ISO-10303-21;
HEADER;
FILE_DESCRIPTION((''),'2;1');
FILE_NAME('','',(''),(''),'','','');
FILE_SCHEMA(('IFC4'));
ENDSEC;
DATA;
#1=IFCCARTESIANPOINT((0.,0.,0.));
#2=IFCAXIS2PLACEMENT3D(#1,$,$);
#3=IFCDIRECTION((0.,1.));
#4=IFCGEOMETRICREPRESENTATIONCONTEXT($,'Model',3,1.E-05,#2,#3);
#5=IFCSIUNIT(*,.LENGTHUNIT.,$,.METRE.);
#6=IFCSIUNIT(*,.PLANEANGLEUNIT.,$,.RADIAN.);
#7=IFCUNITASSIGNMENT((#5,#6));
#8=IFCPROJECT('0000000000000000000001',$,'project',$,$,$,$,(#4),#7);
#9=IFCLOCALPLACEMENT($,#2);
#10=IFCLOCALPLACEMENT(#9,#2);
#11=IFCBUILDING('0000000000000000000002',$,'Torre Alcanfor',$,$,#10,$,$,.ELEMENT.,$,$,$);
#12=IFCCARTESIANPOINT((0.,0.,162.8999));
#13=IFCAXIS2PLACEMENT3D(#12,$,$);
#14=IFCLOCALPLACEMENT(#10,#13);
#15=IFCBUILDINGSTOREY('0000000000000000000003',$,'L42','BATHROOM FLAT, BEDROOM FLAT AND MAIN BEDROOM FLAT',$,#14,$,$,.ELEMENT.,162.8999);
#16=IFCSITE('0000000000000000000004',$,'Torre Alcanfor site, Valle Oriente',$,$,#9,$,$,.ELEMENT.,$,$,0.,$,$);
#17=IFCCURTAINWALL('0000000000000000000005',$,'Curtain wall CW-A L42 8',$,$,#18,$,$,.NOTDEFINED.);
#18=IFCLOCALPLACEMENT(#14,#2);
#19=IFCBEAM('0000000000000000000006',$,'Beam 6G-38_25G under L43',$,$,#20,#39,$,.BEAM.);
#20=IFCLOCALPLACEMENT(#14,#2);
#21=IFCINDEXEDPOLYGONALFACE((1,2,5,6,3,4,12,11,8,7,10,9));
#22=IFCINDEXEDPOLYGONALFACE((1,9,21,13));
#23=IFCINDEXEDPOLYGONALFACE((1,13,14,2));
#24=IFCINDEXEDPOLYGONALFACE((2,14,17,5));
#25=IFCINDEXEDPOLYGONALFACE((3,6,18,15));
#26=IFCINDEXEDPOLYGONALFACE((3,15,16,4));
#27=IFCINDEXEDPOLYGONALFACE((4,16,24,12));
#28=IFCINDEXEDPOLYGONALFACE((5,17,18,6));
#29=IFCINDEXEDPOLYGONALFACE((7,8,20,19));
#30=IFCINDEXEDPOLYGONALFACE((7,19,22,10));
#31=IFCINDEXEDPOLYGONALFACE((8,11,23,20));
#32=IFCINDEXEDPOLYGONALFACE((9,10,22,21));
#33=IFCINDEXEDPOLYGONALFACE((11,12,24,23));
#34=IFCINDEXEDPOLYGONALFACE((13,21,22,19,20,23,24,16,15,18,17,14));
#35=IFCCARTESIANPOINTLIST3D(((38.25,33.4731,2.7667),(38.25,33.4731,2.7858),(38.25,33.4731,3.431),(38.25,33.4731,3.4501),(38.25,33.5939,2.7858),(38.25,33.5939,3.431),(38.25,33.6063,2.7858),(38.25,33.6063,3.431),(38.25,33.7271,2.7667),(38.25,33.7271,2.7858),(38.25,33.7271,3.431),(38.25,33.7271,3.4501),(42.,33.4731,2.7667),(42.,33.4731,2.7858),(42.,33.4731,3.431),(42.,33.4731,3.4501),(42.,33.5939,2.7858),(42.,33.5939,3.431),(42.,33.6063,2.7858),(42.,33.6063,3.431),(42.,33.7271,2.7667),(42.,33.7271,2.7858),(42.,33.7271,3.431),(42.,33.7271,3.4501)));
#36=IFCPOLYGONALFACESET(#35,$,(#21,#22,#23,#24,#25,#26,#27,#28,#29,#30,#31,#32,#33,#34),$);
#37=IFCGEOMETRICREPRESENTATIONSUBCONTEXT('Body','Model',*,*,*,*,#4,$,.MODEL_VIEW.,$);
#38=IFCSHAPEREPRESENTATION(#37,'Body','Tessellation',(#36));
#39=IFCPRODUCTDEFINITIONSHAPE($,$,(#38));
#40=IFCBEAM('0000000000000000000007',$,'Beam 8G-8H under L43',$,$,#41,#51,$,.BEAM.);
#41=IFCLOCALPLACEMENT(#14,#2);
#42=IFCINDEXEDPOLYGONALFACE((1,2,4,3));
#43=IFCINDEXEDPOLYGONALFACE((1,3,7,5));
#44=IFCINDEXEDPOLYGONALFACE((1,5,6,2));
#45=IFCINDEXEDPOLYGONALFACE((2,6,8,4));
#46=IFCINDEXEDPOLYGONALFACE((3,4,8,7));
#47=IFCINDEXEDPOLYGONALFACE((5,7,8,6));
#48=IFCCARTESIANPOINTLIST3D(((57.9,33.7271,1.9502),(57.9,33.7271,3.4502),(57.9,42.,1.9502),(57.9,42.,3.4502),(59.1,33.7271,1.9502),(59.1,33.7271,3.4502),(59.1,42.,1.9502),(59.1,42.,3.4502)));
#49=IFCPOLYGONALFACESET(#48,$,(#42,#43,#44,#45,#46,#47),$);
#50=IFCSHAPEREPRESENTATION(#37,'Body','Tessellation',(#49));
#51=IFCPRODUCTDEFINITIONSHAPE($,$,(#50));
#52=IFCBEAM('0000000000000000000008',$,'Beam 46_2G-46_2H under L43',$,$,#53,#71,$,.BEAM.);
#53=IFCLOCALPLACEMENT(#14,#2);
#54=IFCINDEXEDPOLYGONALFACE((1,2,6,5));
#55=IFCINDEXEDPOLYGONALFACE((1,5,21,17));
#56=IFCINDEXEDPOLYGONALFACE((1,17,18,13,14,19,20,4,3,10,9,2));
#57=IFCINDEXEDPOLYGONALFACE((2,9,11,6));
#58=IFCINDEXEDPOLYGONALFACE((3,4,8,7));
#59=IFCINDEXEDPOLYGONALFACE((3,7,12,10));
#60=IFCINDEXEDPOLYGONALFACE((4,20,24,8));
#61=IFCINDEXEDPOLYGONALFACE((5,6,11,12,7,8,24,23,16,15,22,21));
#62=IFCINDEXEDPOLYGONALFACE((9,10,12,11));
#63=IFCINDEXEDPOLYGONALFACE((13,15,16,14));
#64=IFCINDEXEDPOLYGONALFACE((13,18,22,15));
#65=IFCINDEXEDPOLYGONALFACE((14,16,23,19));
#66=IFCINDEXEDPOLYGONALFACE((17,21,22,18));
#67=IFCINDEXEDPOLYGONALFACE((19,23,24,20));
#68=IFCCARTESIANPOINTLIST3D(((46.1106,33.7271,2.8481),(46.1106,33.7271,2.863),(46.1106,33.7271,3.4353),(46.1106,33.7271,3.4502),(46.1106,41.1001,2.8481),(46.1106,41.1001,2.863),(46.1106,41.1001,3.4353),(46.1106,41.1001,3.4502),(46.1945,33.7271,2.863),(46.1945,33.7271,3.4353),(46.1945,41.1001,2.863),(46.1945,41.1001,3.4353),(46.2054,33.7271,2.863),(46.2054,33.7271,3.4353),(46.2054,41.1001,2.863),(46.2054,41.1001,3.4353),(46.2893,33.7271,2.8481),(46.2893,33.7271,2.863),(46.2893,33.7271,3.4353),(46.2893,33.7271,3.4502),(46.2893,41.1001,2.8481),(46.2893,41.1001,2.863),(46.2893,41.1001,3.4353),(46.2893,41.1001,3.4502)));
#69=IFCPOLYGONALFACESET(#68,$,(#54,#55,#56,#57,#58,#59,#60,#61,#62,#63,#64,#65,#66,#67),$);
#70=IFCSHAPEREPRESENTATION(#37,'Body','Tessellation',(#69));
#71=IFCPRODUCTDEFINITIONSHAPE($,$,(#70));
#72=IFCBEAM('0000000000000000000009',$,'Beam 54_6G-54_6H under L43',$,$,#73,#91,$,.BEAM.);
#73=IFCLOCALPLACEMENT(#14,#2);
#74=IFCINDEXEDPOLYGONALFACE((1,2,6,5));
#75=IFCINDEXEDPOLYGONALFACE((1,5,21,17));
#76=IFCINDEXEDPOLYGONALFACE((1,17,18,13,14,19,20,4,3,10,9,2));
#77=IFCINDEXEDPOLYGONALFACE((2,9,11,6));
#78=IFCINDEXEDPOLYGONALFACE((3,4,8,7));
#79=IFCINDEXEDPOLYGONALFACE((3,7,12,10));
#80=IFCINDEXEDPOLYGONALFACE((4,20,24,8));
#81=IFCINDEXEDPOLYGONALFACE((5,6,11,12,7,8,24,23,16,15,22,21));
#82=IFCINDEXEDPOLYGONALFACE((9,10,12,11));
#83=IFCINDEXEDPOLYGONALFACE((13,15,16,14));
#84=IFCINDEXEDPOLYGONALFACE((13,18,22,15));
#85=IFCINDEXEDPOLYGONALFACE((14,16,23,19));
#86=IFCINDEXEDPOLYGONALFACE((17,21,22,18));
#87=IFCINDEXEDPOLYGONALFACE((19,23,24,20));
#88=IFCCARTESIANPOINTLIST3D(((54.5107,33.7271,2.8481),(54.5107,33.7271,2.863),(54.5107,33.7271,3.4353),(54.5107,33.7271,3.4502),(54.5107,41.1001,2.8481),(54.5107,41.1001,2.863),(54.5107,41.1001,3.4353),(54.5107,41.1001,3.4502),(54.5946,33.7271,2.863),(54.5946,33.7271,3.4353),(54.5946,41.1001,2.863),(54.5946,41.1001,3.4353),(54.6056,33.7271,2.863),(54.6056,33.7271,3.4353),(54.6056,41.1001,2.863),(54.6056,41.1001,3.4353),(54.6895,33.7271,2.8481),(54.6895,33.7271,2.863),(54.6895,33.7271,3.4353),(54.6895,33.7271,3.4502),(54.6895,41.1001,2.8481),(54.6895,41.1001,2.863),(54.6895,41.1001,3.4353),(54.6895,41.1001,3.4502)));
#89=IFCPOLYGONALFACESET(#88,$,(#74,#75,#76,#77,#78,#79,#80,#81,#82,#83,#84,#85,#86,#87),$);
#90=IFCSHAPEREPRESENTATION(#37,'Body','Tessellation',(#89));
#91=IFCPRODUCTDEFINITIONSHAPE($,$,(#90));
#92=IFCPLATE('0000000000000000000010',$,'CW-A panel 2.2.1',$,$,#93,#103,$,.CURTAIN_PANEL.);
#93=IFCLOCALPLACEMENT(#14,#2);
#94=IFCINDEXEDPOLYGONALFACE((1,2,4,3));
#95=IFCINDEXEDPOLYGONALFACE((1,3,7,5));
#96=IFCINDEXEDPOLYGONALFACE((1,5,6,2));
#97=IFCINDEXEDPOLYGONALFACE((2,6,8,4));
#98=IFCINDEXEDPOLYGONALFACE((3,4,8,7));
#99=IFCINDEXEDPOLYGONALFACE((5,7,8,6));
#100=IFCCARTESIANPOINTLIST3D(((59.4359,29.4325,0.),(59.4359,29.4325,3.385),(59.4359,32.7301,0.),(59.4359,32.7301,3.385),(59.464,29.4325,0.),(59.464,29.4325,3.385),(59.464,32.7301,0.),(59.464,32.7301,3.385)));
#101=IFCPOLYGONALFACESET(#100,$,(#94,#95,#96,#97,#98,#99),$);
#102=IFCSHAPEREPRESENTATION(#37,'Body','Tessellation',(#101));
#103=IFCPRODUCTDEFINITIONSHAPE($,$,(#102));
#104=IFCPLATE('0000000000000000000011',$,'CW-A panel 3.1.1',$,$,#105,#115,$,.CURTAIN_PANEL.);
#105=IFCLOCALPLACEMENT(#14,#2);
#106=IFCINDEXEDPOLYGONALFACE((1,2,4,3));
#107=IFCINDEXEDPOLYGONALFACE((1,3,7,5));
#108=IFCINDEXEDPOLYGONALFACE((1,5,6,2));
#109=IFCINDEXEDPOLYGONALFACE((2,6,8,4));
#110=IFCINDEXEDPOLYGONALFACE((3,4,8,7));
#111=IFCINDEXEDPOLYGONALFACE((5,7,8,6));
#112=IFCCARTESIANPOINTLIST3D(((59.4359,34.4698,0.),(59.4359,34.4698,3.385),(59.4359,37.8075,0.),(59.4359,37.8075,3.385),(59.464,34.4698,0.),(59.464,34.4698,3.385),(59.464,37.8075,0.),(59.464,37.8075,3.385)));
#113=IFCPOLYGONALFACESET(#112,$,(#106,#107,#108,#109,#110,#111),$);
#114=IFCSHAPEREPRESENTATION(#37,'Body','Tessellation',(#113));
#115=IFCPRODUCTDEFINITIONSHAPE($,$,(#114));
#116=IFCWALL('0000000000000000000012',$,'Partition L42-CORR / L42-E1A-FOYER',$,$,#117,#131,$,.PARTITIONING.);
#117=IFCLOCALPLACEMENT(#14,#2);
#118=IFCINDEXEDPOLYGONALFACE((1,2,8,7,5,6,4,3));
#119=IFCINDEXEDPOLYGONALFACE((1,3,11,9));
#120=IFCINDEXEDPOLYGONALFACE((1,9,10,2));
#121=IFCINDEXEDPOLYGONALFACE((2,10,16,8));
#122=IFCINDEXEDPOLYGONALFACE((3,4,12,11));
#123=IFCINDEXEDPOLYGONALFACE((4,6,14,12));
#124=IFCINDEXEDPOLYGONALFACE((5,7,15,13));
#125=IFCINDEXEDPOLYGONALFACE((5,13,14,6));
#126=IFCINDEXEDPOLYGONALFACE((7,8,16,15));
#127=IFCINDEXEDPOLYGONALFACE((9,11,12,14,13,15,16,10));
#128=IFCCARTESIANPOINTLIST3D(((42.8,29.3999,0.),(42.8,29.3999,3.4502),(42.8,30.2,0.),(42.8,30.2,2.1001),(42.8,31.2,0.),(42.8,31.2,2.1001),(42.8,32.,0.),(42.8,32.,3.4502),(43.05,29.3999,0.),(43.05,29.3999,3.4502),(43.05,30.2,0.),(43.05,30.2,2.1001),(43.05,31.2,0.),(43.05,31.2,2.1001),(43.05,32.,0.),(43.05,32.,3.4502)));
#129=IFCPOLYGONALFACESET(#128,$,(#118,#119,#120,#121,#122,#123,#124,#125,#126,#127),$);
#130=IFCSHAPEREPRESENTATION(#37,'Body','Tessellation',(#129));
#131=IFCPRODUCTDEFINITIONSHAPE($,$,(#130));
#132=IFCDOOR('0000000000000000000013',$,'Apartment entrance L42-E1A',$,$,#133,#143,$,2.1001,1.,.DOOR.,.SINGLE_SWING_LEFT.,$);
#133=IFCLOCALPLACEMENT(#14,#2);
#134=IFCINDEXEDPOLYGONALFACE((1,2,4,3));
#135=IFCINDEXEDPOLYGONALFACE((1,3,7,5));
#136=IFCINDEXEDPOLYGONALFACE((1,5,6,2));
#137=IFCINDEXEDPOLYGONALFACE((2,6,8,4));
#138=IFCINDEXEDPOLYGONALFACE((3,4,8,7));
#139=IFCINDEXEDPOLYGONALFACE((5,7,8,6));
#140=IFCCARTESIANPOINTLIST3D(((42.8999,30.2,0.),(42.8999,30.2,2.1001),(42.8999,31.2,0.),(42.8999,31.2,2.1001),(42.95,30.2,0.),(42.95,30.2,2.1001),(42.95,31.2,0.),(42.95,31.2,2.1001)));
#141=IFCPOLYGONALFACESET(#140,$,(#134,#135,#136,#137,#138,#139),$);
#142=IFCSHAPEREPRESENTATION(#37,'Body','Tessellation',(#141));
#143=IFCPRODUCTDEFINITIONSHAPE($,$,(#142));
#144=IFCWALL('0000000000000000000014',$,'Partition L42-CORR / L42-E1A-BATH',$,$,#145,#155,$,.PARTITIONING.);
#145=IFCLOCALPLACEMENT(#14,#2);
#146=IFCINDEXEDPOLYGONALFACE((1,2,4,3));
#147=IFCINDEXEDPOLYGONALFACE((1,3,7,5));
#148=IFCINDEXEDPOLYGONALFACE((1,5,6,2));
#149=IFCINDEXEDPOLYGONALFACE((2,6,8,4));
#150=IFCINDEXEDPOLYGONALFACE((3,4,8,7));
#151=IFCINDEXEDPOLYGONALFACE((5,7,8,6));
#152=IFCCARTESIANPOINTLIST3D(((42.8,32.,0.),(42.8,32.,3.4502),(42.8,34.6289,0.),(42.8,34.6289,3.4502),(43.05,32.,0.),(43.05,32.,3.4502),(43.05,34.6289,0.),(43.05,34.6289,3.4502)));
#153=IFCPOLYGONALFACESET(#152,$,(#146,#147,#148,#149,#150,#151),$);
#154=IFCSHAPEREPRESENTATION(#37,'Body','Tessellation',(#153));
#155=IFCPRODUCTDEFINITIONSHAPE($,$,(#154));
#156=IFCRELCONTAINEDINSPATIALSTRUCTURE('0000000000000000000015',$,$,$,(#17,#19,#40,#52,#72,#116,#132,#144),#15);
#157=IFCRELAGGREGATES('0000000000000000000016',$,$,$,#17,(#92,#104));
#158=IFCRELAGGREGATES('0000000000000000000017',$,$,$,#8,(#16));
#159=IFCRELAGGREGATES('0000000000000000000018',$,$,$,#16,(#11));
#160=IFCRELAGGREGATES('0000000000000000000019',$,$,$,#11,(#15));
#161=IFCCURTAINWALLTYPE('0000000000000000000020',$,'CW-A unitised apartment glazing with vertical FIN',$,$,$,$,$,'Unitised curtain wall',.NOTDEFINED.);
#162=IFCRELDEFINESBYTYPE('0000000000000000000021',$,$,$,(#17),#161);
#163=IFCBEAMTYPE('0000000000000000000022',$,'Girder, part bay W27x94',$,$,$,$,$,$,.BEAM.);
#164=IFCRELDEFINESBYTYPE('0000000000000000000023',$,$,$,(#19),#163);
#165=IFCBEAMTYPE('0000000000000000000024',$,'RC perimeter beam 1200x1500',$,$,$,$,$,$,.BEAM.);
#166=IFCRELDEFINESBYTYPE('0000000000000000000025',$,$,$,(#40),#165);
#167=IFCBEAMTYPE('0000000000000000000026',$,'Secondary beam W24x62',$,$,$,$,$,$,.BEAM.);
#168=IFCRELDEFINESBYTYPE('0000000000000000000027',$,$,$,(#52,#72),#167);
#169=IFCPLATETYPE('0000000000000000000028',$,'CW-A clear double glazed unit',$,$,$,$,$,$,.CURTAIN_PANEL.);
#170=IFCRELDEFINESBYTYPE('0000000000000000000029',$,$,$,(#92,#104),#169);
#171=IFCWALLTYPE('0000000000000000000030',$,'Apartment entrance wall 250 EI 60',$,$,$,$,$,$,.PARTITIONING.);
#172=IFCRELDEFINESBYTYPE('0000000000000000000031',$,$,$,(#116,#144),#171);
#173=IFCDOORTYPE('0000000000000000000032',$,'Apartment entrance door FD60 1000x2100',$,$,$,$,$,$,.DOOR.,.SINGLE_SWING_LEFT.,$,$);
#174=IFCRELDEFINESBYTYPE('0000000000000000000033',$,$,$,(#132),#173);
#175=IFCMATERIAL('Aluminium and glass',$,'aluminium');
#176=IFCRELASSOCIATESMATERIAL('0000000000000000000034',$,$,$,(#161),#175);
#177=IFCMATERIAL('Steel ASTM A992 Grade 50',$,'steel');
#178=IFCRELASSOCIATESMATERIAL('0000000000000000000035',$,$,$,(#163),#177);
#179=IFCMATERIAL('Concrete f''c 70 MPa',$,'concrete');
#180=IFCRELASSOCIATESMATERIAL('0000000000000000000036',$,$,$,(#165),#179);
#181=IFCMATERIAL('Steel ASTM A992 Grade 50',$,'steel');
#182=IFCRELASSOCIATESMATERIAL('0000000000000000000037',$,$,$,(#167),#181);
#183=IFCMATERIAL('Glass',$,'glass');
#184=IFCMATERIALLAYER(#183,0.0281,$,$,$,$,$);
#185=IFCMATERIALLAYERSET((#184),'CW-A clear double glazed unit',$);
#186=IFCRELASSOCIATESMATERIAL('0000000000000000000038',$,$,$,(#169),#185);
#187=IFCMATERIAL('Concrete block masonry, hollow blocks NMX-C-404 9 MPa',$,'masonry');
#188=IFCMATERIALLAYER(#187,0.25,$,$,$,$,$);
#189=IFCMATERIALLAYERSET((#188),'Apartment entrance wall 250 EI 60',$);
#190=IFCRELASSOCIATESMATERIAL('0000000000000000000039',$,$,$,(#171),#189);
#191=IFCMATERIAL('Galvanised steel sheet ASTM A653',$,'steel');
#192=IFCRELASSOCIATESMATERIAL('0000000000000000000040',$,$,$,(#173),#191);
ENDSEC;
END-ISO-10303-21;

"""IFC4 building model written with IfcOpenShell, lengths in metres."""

from ifc_helpers import new_model, si_unit, direction, frame, frame_2d, origin, origin_2d, place, context, subcontext, project, spatial, rectangle, i_section, extrude, material, layer, layer_set, material_profile, profile_set, type_object, element, fill, aggregate, save


model = new_model("IFC4")

# Units and contexts
model_context = context("Model", 3, precision=1e-05, world=origin(), true_north=direction((0.0, 1.0)))
body_context = subcontext(model_context, "Body", "Model", "MODEL_VIEW")
ifc_project = project(units=[si_unit("LENGTHUNIT", "METRE"), si_unit("PLANEANGLEUNIT", "RADIAN")], contexts=[model_context])

# Site, building, storey
site_placement = place(None, origin())
site = spatial("IfcSite", under=ifc_project, at=site_placement, Name="Torre Alcanfor site, Valle Oriente", CompositionType="ELEMENT", RefElevation=0.0)
building_placement = place(site_placement, origin())
building = spatial("IfcBuilding", under=site, at=building_placement, Name="Torre Alcanfor", CompositionType="ELEMENT")
storey_placement = place(building_placement, frame((0.0, 0.0, 162.8999)))
storey = spatial("IfcBuildingStorey", under=building, at=storey_placement, Name="L42", Description="BATHROOM FLAT, BEDROOM FLAT AND MAIN BEDROOM FLAT", CompositionType="ELEMENT", Elevation=162.8999)

# Curtain wall
ifc_material_1 = material(Name="Aluminium and glass", Category="aluminium")
curtain_wall_type = type_object("IfcCurtainWallType", Name="CW-A unitised apartment glazing with vertical FIN", ElementType="Unitised curtain wall", PredefinedType="NOTDEFINED", material=ifc_material_1)
curtain_wall_placement = place(storey_placement, origin())
curtain_wall = element("IfcCurtainWall", 1, at=curtain_wall_placement, inside=storey, type_object=curtain_wall_type, Name="Curtain wall CW-A L42 8", PredefinedType="NOTDEFINED")

# Beams
ifc_material_2 = material(Name="Steel ASTM A992 Grade 50", Category="steel")
ifc_material_profile_1 = material_profile(ifc_material_2, i_section(OverallWidth=0.2539, OverallDepth=0.6833, WebThickness=0.0125, FlangeThickness=0.019, at=origin_2d()), Name="W27x94")
ifc_profile_set_1 = profile_set([ifc_material_profile_1], Name="Steel ASTM A992 Grade 50")
beam_type_1 = type_object("IfcBeamType", Name="Girder, part bay W27x94", PredefinedType="BEAM", material=ifc_profile_set_1)
beam_1_placement = place(storey_placement, frame((42.0, 33.6001, 3.1084), z_axis=(-1.0, 0.0, 0.0), x_axis=(0.0, -1.0, 0.0)))
element("IfcBeam", 2, at=beam_1_placement, inside=storey, type_object=beam_type_1, Name="Beam 6G-38_25G under L43", PredefinedType="BEAM", context=body_context, shape_type="SweptSolid", body=[
    extrude(i_section(OverallWidth=0.2539, OverallDepth=0.6833, WebThickness=0.0125, FlangeThickness=0.019, at=origin_2d()), origin(), (0.0, 0.0, 1.0), 3.75),
])
ifc_material_3 = material(Name="Concrete f'c 70 MPa", Category="concrete")
ifc_material_profile_2 = material_profile(ifc_material_3, rectangle(XDim=1.2, YDim=1.5, at=origin_2d()), Name="1200x1500")
ifc_profile_set_2 = profile_set([ifc_material_profile_2], Name="Concrete f'c 70 MPa")
beam_type_2 = type_object("IfcBeamType", Name="RC perimeter beam 1200x1500", PredefinedType="BEAM", material=ifc_profile_set_2)
beam_2_placement = place(storey_placement, frame((58.5, 33.7271, 2.7002), z_axis=(0.0, 1.0, 0.0), x_axis=(-1.0, 0.0, 0.0)))
element("IfcBeam", 3, at=beam_2_placement, inside=storey, type_object=beam_type_2, Name="Beam 8G-8H under L43", PredefinedType="BEAM", context=body_context, shape_type="SweptSolid", body=[
    extrude(rectangle(XDim=1.2, YDim=1.5, at=origin_2d()), origin(), (0.0, 0.0, 1.0), 8.2729),
])
ifc_material_4 = material(Name="Steel ASTM A992 Grade 50", Category="steel")
ifc_material_profile_3 = material_profile(ifc_material_4, i_section(OverallWidth=0.1787, OverallDepth=0.6021, WebThickness=0.011, FlangeThickness=0.0149, at=origin_2d()), Name="W24x62")
ifc_profile_set_3 = profile_set([ifc_material_profile_3], Name="Steel ASTM A992 Grade 50")
beam_type_3 = type_object("IfcBeamType", Name="Secondary beam W24x62", PredefinedType="BEAM", material=ifc_profile_set_3)
for number, where, z_axis, x_axis, name in (
    (4, (46.2, 33.7271, 3.1492), (0.0, 1.0, 0.0), (-1.0, 0.0, 0.0), "Beam 46_2G-46_2H under L43"),
    (5, (54.6001, 33.7271, 3.1492), (0.0, 1.0, 0.0), (-1.0, 0.0, 0.0), "Beam 54_6G-54_6H under L43"),
):
    element("IfcBeam", number, at=place(storey_placement, frame(where, z_axis=z_axis, x_axis=x_axis)), inside=storey, type_object=beam_type_3, Name=name, PredefinedType="BEAM", context=body_context, shape_type="SweptSolid", body=[
        extrude(i_section(OverallWidth=0.1787, OverallDepth=0.6021, WebThickness=0.011, FlangeThickness=0.0149, at=origin_2d()), origin(), (0.0, 0.0, 1.0), 7.373),
    ])

# Plates
ifc_material_5 = material(Name="Glass", Category="glass")
ifc_layer_1 = layer(ifc_material_5, 0.0281)
ifc_layer_set_1 = layer_set([ifc_layer_1], Name="CW-A clear double glazed unit")
plate_type = type_object("IfcPlateType", Name="CW-A clear double glazed unit", PredefinedType="CURTAIN_PANEL", material=ifc_layer_set_1)
plate_1_placement = place(storey_placement, frame((59.45, 31.0813, 0.0), z_axis=(0.0, 0.0, 1.0), x_axis=(0.0, 1.0, 0.0)))
plate_1 = element("IfcPlate", 6, at=plate_1_placement, type_object=plate_type, Name="CW-A panel 2.2.1", PredefinedType="CURTAIN_PANEL", context=body_context, shape_type="SweptSolid", body=[
    extrude(rectangle(XDim=3.2976, YDim=0.0281, at=origin_2d()), origin(), (0.0, 0.0, 1.0), 3.385),
])
plate_2_placement = place(storey_placement, frame((59.45, 36.1387, 0.0), z_axis=(0.0, 0.0, 1.0), x_axis=(0.0, 1.0, 0.0)))
plate_2 = element("IfcPlate", 7, at=plate_2_placement, type_object=plate_type, Name="CW-A panel 3.1.1", PredefinedType="CURTAIN_PANEL", context=body_context, shape_type="SweptSolid", body=[
    extrude(rectangle(XDim=3.3376, YDim=0.0281, at=origin_2d()), origin(), (0.0, 0.0, 1.0), 3.385),
])
aggregate(curtain_wall, [plate_1, plate_2])

# Wall, opening, door
ifc_material_6 = material(Name="Concrete block masonry, hollow blocks NMX-C-404 9 MPa", Category="masonry")
ifc_layer_2 = layer(ifc_material_6, 0.25)
ifc_layer_set_2 = layer_set([ifc_layer_2], Name="Apartment entrance wall 250 EI 60")
wall_type_1 = type_object("IfcWallType", Name="Apartment entrance wall 250 EI 60", PredefinedType="PARTITIONING", material=ifc_layer_set_2)
wall_1_placement = place(storey_placement, frame((42.925, 32.0, 0.0), z_axis=(0.0, 0.0, 1.0), x_axis=(0.0, -1.0, 0.0)))
wall_1 = element("IfcWall", 8, at=wall_1_placement, inside=storey, type_object=wall_type_1, Name="Partition L42-CORR / L42-E1A-FOYER", PredefinedType="PARTITIONING", context=body_context, shape_type="SweptSolid", body=[
    extrude(rectangle(XDim=2.6001, YDim=0.25, at=frame_2d((1.3, 0.0))), origin(), (0.0, 0.0, 1.0), 3.4502),
])
opening_1_placement = place(wall_1_placement, frame((0.8, 0.0, 0.0)))
opening_1 = element("IfcOpeningElement", 9, at=opening_1_placement, cuts=wall_1, PredefinedType="OPENING", context=body_context, shape_type="SweptSolid", body=[
    extrude(rectangle(XDim=1.0, YDim=2.1001, at=frame_2d((0.5, 1.05))), frame((0.0, 0.135, 0.0), z_axis=(0.0, -1.0, 0.0), x_axis=(1.0, 0.0, 0.0)), (0.0, 0.0, 1.0), 0.27),
])
ifc_material_7 = material(Name="Galvanised steel sheet ASTM A653", Category="steel")
door_type_1 = type_object("IfcDoorType", Name="Apartment entrance door FD60 1000x2100", OperationType="SINGLE_SWING_LEFT", PredefinedType="DOOR", material=ifc_material_7)
door_1_placement = place(opening_1_placement, origin())
door_1 = element("IfcDoor", 10, at=door_1_placement, inside=storey, type_object=door_type_1, Name="Apartment entrance L42-E1A", OperationType="SINGLE_SWING_LEFT", OverallHeight=2.1001, OverallWidth=1.0, PredefinedType="DOOR", context=body_context, shape_type="SweptSolid", body=[
    extrude(rectangle(XDim=1.0, YDim=2.1001, at=frame_2d((0.5, 1.05))), frame((0.0, 0.0249, 0.0), z_axis=(0.0, -1.0, 0.0), x_axis=(1.0, 0.0, 0.0)), (0.0, 0.0, 1.0), 0.05),
])
fill(opening_1, door_1)

# Wall
wall_2_placement = place(storey_placement, frame((42.925, 34.6289, 0.0), z_axis=(0.0, 0.0, 1.0), x_axis=(0.0, -1.0, 0.0)))
element("IfcWall", 11, at=wall_2_placement, inside=storey, type_object=wall_type_1, Name="Partition L42-CORR / L42-E1A-BATH", PredefinedType="PARTITIONING", context=body_context, shape_type="SweptSolid", body=[
    extrude(rectangle(XDim=2.6289, YDim=0.25, at=frame_2d((1.3145, 0.0))), origin(), (0.0, 0.0, 1.0), 3.4502),
])

save(model, "model.ifc")
